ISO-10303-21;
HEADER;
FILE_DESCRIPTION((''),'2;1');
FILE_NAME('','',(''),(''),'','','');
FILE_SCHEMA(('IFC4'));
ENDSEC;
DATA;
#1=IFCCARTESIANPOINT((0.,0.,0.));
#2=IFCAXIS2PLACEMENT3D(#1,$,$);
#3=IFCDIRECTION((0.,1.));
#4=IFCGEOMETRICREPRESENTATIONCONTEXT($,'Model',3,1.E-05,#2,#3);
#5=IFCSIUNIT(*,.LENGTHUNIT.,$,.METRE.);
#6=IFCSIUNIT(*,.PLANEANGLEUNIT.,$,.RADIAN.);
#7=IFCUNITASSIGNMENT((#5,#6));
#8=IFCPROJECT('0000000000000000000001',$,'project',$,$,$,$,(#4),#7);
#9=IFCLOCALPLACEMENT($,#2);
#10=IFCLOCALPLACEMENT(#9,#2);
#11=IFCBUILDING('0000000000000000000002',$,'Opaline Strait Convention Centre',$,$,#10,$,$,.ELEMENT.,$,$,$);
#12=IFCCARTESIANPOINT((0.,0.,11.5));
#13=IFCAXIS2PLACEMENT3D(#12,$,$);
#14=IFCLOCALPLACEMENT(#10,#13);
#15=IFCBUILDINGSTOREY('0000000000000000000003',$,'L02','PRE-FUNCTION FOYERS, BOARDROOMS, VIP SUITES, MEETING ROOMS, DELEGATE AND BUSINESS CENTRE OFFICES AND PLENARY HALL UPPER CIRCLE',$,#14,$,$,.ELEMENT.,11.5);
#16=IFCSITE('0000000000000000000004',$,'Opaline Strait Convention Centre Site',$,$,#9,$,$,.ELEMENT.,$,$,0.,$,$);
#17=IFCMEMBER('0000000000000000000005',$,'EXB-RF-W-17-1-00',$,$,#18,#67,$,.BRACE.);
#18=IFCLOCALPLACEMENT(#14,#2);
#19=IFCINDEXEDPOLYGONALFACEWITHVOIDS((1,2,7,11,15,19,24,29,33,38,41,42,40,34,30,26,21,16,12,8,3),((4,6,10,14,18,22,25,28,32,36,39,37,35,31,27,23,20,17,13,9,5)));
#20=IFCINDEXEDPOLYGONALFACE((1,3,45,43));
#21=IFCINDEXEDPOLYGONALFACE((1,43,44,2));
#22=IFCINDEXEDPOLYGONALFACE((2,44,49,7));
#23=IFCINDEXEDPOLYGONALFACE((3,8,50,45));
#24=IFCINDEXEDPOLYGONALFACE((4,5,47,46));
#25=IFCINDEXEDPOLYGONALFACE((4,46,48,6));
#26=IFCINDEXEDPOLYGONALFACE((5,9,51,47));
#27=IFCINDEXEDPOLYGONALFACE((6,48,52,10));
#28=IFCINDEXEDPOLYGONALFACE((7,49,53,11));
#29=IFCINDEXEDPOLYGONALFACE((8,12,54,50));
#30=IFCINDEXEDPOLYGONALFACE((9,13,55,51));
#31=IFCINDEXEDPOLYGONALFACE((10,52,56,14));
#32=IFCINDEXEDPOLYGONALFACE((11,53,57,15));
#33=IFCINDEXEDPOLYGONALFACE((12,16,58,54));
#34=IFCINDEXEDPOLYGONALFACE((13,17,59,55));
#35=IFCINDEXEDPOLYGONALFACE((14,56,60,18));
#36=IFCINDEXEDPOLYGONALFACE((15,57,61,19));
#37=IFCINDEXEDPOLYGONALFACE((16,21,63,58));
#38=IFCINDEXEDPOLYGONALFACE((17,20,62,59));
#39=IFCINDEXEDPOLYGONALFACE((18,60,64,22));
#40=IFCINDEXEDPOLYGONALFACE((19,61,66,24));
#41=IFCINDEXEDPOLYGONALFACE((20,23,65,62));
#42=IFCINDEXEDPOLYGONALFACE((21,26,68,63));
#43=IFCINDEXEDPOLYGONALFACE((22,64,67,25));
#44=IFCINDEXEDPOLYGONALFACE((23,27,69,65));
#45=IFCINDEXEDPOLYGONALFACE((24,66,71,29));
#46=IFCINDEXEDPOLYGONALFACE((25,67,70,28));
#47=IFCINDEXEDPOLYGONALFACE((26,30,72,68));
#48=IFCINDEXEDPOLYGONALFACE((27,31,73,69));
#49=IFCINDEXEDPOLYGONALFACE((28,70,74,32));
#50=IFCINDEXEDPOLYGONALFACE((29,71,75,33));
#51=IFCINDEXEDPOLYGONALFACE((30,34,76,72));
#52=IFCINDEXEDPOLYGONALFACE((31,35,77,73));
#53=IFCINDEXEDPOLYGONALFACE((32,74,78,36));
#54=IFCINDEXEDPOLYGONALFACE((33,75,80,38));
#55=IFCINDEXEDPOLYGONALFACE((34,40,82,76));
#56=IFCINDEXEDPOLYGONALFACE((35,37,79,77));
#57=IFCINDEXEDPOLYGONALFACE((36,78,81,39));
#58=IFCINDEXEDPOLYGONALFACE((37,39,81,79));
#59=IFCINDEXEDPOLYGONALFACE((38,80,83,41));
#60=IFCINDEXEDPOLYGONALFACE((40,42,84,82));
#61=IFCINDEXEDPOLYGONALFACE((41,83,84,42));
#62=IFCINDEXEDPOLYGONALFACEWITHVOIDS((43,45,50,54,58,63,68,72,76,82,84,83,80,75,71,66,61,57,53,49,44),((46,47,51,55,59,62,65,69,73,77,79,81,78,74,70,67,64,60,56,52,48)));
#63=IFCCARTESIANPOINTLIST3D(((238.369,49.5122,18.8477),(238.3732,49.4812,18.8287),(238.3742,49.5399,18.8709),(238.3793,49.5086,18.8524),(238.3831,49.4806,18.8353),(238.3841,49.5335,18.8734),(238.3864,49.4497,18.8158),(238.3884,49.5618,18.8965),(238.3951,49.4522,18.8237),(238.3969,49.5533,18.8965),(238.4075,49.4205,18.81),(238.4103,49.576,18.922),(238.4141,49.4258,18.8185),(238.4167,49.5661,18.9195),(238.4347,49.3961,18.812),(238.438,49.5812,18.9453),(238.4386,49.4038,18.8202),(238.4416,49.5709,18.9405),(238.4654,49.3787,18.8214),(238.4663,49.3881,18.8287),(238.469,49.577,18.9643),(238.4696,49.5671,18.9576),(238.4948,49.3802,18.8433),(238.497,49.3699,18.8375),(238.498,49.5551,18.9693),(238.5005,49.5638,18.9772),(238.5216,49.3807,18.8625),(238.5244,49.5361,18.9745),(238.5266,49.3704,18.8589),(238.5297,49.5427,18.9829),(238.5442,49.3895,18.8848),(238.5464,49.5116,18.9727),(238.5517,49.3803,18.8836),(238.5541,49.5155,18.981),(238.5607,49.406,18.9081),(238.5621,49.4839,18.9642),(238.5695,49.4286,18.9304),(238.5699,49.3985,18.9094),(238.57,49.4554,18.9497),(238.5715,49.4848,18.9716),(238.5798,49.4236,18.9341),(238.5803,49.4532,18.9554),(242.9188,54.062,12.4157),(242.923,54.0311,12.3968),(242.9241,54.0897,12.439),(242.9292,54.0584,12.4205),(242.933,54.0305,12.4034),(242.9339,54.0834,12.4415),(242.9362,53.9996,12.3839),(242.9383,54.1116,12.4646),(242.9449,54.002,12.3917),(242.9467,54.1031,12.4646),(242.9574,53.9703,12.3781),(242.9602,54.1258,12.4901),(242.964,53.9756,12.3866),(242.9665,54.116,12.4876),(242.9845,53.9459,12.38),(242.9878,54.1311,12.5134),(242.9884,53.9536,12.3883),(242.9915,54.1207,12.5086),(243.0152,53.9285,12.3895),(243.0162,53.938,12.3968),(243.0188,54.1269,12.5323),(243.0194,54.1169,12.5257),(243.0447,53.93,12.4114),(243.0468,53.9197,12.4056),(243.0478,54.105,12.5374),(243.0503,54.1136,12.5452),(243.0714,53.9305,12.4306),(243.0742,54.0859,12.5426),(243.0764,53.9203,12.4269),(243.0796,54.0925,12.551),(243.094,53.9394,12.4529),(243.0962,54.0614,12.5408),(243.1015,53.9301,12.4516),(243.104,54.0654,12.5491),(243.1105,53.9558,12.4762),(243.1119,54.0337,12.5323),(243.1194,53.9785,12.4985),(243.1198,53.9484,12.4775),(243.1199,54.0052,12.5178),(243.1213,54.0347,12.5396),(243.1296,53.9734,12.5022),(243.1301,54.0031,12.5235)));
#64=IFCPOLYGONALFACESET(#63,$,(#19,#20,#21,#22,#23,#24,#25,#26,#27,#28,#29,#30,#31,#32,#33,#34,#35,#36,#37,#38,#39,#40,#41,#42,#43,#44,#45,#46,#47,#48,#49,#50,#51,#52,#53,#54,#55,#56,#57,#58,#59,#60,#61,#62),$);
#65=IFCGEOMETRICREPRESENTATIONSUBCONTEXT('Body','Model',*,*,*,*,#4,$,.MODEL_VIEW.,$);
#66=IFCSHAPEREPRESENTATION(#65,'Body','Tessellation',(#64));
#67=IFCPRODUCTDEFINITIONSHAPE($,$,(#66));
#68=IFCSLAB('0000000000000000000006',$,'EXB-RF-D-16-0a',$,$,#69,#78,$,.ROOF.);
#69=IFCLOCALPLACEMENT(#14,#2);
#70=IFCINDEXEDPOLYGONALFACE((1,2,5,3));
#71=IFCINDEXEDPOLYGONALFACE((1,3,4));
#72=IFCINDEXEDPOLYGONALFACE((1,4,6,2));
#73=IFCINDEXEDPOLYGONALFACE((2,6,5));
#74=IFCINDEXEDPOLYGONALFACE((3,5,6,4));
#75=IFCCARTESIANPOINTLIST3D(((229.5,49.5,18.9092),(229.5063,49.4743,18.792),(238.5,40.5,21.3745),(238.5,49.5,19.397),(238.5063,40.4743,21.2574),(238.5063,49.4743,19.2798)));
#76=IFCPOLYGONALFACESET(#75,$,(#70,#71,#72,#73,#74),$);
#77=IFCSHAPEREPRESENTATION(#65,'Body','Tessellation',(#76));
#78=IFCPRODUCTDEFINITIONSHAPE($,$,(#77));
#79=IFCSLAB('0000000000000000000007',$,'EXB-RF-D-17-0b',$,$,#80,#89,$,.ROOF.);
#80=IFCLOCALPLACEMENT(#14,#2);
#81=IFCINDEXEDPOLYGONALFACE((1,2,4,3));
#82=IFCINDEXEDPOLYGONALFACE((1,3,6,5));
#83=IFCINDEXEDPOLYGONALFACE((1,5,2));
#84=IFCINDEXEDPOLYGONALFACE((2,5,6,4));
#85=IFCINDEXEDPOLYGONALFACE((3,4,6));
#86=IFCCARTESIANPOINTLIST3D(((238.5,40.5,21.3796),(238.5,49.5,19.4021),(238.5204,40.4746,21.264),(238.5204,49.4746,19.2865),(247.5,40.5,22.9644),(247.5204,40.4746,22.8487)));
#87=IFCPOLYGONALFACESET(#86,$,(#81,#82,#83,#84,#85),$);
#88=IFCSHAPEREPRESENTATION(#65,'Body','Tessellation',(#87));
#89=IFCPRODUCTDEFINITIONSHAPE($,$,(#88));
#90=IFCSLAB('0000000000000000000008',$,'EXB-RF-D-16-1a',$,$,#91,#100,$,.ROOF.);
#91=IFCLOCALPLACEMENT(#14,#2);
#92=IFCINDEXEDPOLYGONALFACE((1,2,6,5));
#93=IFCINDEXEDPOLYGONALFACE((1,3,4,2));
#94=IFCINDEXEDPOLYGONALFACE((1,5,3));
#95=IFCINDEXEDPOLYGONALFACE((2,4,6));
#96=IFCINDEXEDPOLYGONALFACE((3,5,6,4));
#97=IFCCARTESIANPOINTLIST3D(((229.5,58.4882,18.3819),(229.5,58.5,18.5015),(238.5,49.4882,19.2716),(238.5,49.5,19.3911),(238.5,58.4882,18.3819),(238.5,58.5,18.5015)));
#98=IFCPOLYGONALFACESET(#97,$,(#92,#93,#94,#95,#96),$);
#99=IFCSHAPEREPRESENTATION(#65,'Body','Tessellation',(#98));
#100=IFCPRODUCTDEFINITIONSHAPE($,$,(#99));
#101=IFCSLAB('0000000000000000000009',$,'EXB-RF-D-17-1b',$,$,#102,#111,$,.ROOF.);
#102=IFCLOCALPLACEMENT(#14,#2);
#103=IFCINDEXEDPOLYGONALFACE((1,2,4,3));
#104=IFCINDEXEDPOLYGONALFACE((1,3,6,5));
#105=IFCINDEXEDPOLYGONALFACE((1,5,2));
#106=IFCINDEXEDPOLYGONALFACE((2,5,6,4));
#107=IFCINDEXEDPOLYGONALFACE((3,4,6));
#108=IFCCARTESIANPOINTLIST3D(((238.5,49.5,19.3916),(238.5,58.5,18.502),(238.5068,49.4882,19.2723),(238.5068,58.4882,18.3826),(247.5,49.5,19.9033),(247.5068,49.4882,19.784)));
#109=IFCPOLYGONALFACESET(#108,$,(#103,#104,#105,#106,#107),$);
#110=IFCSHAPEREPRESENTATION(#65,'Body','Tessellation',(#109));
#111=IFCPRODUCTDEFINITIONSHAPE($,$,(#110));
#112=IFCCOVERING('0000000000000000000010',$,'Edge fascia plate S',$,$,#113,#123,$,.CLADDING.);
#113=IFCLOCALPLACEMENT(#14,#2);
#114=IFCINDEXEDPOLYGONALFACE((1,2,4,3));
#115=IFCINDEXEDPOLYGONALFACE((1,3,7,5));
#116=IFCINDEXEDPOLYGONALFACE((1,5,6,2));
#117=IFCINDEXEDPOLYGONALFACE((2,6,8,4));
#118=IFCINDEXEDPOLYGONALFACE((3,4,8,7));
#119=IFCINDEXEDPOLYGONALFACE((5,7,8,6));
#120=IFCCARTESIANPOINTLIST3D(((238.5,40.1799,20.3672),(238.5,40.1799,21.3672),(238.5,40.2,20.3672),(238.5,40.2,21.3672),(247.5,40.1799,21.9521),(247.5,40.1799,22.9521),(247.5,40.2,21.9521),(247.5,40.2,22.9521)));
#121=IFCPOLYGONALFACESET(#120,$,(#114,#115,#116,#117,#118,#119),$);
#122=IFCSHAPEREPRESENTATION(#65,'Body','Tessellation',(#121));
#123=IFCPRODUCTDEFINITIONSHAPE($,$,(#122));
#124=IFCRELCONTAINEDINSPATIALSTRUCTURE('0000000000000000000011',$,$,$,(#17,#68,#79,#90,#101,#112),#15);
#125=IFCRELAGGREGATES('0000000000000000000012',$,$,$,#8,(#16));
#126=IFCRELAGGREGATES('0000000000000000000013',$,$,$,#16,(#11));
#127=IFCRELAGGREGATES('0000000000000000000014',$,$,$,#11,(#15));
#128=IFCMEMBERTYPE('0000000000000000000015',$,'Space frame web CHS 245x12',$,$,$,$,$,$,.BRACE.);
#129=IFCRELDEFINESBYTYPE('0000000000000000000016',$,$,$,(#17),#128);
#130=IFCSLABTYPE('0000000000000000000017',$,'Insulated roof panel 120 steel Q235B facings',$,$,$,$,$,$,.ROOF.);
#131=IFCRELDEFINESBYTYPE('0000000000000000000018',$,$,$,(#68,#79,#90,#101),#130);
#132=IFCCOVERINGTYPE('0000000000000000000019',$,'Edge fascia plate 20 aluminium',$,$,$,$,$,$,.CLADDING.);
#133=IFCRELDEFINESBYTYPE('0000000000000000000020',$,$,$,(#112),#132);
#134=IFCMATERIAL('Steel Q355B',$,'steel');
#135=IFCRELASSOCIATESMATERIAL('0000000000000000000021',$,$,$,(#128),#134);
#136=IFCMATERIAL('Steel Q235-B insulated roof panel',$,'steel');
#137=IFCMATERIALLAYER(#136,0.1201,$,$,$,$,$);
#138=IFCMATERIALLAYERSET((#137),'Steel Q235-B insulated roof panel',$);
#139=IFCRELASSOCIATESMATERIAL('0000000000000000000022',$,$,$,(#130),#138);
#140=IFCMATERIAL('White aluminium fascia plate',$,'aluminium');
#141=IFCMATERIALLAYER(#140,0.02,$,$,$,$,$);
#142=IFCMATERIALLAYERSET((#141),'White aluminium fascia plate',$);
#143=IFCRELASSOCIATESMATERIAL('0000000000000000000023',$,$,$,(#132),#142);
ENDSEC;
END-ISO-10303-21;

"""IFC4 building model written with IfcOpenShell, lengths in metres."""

from ifc_helpers import new_model, si_unit, direction, frame, origin, origin_2d, place, context, subcontext, project, spatial, polyline, hollow_circle, outline, extrude, material, layer, layer_set, material_profile, profile_set, type_object, element, save


model = new_model("IFC4")

# Units and contexts
model_context = context("Model", 3, precision=1e-05, world=origin(), true_north=direction((0.0, 1.0)))
body_context = subcontext(model_context, "Body", "Model", "MODEL_VIEW")
ifc_project = project(units=[si_unit("LENGTHUNIT", "METRE"), si_unit("PLANEANGLEUNIT", "RADIAN")], contexts=[model_context])

# Site, building, storey
site_placement = place(None, origin())
site = spatial("IfcSite", under=ifc_project, at=site_placement, Name="Opaline Strait Convention Centre Site", CompositionType="ELEMENT", RefElevation=0.0)
building_placement = place(site_placement, origin())
building = spatial("IfcBuilding", under=site, at=building_placement, Name="Opaline Strait Convention Centre", CompositionType="ELEMENT")
storey_placement = place(building_placement, frame((0.0, 0.0, 11.5)))
storey = spatial("IfcBuildingStorey", under=building, at=storey_placement, Name="L02", Description="PRE-FUNCTION FOYERS, BOARDROOMS, VIP SUITES, MEETING ROOMS, DELEGATE AND BUSINESS CENTRE OFFICES AND PLENARY HALL UPPER CIRCLE", CompositionType="ELEMENT", Elevation=11.5)

# Member
ifc_material_1 = material(Name="Steel Q355B", Category="steel")
ifc_material_profile_1 = material_profile(ifc_material_1, hollow_circle(Radius=0.1226, WallThickness=0.012, at=origin_2d()), Name="CHS 245x12")
ifc_profile_set_1 = profile_set([ifc_material_profile_1], Name="Steel Q355B")
member_type_1 = type_object("IfcMemberType", Name="Space frame web CHS 245x12", PredefinedType="BRACE", material=ifc_profile_set_1)
member_1_placement = place(storey_placement, frame((238.4751, 49.4751, 18.8965), z_axis=(0.500098, 0.500098, -0.706969), x_axis=(-0.707107, 0.707107, 0.0)))
element("IfcMember", 1, at=member_1_placement, inside=storey, type_object=member_type_1, Name="EXB-RF-W-17-1-00", PredefinedType="BRACE", context=body_context, shape_type="SweptSolid", body=[
    extrude(hollow_circle(Radius=0.1226, WallThickness=0.012, at=origin_2d()), origin(), (0.0, 0.0, 1.0), 9.0979),
])

# Slabs
ifc_material_2 = material(Name="Steel Q235-B insulated roof panel", Category="steel")
ifc_layer_1 = layer(ifc_material_2, 0.1201)
ifc_layer_set_1 = layer_set([ifc_layer_1], Name="Steel Q235-B insulated roof panel")
slab_type = type_object("IfcSlabType", Name="Insulated roof panel 120 steel Q235B facings", PredefinedType="ROOF", material=ifc_layer_set_1)
slab_1_placement = place(storey_placement, frame((238.5, 40.5, 21.3745), z_axis=(-0.052862, 0.214307, 0.975335), x_axis=(0.0, 0.9767, -0.214607)))
element("IfcSlab", 2, at=slab_1_placement, inside=storey, type_object=slab_type, Name="EXB-RF-D-16-0a", PredefinedType="ROOF", context=body_context, shape_type="SweptSolid", body=[
    extrude(outline(polyline([(0.0, 0.0), (9.2147, 0.0), (9.3194, 9.0126), (0.0, 0.0)])), origin(), (0.0, 0.0, -1.0), 0.1201),
])
slab_2_placement = place(storey_placement, frame((238.5, 40.5, 21.3796), z_axis=(-0.169489, 0.211502, 0.96257), x_axis=(0.984849, 0.0, 0.173412)))
element("IfcSlab", 3, at=slab_2_placement, inside=storey, type_object=slab_type, Name="EXB-RF-D-17-0b", PredefinedType="ROOF", context=body_context, shape_type="SweptSolid", body=[
    extrude(outline(polyline([(0.0, 0.0), (9.1385, 0.0), (-0.3429, 9.2083), (0.0, 0.0)])), origin(), (0.0, 0.0, -1.0), 0.1201),
])
slab_3_placement = place(storey_placement, frame((238.5, 49.5, 19.3911), z_axis=(0.0, 0.09837, 0.99515), x_axis=(0.0, 0.99515, -0.09837)))
element("IfcSlab", 4, at=slab_3_placement, inside=storey, type_object=slab_type, Name="EXB-RF-D-16-1a", PredefinedType="ROOF", context=body_context, shape_type="SweptSolid", body=[
    extrude(outline(polyline([(0.0, 0.0), (9.0439, 0.0), (9.0439, 9.0), (0.0, 0.0)])), origin(), (0.0, 0.0, -1.0), 0.1201),
])
slab_4_placement = place(storey_placement, frame((238.5, 49.5, 19.3916), z_axis=(-0.056492, 0.098213, 0.993561), x_axis=(0.998388, 0.0, 0.056766)))
element("IfcSlab", 5, at=slab_4_placement, inside=storey, type_object=slab_type, Name="EXB-RF-D-17-1b", PredefinedType="ROOF", context=body_context, shape_type="SweptSolid", body=[
    extrude(outline(polyline([(0.0, 0.0), (9.0145, 0.0), (-0.0505, 9.0437), (0.0, 0.0)])), origin(), (0.0, 0.0, -1.0), 0.1201),
])

# Covering
ifc_material_3 = material(Name="White aluminium fascia plate", Category="aluminium")
ifc_layer_2 = layer(ifc_material_3, 0.02)
ifc_layer_set_2 = layer_set([ifc_layer_2], Name="White aluminium fascia plate")
covering_type = type_object("IfcCoveringType", Name="Edge fascia plate 20 aluminium", PredefinedType="CLADDING", material=ifc_layer_set_2)
covering_placement = place(storey_placement, frame((243.0, 40.2, 21.6597), z_axis=(0.0, -1.0, 0.0), x_axis=(1.0, 0.0, 0.0)))
element("IfcCovering", 6, at=covering_placement, inside=storey, type_object=covering_type, Name="Edge fascia plate S", PredefinedType="CLADDING", context=body_context, shape_type="SweptSolid", body=[
    extrude(outline(polyline([(-4.5, -0.2925), (4.5, 1.2925), (4.5, 0.2925), (-4.5, -1.2925), (-4.5, -0.2925)])), origin(), (0.0, 0.0, 1.0), 0.02),
])

save(model, "model.ifc")
